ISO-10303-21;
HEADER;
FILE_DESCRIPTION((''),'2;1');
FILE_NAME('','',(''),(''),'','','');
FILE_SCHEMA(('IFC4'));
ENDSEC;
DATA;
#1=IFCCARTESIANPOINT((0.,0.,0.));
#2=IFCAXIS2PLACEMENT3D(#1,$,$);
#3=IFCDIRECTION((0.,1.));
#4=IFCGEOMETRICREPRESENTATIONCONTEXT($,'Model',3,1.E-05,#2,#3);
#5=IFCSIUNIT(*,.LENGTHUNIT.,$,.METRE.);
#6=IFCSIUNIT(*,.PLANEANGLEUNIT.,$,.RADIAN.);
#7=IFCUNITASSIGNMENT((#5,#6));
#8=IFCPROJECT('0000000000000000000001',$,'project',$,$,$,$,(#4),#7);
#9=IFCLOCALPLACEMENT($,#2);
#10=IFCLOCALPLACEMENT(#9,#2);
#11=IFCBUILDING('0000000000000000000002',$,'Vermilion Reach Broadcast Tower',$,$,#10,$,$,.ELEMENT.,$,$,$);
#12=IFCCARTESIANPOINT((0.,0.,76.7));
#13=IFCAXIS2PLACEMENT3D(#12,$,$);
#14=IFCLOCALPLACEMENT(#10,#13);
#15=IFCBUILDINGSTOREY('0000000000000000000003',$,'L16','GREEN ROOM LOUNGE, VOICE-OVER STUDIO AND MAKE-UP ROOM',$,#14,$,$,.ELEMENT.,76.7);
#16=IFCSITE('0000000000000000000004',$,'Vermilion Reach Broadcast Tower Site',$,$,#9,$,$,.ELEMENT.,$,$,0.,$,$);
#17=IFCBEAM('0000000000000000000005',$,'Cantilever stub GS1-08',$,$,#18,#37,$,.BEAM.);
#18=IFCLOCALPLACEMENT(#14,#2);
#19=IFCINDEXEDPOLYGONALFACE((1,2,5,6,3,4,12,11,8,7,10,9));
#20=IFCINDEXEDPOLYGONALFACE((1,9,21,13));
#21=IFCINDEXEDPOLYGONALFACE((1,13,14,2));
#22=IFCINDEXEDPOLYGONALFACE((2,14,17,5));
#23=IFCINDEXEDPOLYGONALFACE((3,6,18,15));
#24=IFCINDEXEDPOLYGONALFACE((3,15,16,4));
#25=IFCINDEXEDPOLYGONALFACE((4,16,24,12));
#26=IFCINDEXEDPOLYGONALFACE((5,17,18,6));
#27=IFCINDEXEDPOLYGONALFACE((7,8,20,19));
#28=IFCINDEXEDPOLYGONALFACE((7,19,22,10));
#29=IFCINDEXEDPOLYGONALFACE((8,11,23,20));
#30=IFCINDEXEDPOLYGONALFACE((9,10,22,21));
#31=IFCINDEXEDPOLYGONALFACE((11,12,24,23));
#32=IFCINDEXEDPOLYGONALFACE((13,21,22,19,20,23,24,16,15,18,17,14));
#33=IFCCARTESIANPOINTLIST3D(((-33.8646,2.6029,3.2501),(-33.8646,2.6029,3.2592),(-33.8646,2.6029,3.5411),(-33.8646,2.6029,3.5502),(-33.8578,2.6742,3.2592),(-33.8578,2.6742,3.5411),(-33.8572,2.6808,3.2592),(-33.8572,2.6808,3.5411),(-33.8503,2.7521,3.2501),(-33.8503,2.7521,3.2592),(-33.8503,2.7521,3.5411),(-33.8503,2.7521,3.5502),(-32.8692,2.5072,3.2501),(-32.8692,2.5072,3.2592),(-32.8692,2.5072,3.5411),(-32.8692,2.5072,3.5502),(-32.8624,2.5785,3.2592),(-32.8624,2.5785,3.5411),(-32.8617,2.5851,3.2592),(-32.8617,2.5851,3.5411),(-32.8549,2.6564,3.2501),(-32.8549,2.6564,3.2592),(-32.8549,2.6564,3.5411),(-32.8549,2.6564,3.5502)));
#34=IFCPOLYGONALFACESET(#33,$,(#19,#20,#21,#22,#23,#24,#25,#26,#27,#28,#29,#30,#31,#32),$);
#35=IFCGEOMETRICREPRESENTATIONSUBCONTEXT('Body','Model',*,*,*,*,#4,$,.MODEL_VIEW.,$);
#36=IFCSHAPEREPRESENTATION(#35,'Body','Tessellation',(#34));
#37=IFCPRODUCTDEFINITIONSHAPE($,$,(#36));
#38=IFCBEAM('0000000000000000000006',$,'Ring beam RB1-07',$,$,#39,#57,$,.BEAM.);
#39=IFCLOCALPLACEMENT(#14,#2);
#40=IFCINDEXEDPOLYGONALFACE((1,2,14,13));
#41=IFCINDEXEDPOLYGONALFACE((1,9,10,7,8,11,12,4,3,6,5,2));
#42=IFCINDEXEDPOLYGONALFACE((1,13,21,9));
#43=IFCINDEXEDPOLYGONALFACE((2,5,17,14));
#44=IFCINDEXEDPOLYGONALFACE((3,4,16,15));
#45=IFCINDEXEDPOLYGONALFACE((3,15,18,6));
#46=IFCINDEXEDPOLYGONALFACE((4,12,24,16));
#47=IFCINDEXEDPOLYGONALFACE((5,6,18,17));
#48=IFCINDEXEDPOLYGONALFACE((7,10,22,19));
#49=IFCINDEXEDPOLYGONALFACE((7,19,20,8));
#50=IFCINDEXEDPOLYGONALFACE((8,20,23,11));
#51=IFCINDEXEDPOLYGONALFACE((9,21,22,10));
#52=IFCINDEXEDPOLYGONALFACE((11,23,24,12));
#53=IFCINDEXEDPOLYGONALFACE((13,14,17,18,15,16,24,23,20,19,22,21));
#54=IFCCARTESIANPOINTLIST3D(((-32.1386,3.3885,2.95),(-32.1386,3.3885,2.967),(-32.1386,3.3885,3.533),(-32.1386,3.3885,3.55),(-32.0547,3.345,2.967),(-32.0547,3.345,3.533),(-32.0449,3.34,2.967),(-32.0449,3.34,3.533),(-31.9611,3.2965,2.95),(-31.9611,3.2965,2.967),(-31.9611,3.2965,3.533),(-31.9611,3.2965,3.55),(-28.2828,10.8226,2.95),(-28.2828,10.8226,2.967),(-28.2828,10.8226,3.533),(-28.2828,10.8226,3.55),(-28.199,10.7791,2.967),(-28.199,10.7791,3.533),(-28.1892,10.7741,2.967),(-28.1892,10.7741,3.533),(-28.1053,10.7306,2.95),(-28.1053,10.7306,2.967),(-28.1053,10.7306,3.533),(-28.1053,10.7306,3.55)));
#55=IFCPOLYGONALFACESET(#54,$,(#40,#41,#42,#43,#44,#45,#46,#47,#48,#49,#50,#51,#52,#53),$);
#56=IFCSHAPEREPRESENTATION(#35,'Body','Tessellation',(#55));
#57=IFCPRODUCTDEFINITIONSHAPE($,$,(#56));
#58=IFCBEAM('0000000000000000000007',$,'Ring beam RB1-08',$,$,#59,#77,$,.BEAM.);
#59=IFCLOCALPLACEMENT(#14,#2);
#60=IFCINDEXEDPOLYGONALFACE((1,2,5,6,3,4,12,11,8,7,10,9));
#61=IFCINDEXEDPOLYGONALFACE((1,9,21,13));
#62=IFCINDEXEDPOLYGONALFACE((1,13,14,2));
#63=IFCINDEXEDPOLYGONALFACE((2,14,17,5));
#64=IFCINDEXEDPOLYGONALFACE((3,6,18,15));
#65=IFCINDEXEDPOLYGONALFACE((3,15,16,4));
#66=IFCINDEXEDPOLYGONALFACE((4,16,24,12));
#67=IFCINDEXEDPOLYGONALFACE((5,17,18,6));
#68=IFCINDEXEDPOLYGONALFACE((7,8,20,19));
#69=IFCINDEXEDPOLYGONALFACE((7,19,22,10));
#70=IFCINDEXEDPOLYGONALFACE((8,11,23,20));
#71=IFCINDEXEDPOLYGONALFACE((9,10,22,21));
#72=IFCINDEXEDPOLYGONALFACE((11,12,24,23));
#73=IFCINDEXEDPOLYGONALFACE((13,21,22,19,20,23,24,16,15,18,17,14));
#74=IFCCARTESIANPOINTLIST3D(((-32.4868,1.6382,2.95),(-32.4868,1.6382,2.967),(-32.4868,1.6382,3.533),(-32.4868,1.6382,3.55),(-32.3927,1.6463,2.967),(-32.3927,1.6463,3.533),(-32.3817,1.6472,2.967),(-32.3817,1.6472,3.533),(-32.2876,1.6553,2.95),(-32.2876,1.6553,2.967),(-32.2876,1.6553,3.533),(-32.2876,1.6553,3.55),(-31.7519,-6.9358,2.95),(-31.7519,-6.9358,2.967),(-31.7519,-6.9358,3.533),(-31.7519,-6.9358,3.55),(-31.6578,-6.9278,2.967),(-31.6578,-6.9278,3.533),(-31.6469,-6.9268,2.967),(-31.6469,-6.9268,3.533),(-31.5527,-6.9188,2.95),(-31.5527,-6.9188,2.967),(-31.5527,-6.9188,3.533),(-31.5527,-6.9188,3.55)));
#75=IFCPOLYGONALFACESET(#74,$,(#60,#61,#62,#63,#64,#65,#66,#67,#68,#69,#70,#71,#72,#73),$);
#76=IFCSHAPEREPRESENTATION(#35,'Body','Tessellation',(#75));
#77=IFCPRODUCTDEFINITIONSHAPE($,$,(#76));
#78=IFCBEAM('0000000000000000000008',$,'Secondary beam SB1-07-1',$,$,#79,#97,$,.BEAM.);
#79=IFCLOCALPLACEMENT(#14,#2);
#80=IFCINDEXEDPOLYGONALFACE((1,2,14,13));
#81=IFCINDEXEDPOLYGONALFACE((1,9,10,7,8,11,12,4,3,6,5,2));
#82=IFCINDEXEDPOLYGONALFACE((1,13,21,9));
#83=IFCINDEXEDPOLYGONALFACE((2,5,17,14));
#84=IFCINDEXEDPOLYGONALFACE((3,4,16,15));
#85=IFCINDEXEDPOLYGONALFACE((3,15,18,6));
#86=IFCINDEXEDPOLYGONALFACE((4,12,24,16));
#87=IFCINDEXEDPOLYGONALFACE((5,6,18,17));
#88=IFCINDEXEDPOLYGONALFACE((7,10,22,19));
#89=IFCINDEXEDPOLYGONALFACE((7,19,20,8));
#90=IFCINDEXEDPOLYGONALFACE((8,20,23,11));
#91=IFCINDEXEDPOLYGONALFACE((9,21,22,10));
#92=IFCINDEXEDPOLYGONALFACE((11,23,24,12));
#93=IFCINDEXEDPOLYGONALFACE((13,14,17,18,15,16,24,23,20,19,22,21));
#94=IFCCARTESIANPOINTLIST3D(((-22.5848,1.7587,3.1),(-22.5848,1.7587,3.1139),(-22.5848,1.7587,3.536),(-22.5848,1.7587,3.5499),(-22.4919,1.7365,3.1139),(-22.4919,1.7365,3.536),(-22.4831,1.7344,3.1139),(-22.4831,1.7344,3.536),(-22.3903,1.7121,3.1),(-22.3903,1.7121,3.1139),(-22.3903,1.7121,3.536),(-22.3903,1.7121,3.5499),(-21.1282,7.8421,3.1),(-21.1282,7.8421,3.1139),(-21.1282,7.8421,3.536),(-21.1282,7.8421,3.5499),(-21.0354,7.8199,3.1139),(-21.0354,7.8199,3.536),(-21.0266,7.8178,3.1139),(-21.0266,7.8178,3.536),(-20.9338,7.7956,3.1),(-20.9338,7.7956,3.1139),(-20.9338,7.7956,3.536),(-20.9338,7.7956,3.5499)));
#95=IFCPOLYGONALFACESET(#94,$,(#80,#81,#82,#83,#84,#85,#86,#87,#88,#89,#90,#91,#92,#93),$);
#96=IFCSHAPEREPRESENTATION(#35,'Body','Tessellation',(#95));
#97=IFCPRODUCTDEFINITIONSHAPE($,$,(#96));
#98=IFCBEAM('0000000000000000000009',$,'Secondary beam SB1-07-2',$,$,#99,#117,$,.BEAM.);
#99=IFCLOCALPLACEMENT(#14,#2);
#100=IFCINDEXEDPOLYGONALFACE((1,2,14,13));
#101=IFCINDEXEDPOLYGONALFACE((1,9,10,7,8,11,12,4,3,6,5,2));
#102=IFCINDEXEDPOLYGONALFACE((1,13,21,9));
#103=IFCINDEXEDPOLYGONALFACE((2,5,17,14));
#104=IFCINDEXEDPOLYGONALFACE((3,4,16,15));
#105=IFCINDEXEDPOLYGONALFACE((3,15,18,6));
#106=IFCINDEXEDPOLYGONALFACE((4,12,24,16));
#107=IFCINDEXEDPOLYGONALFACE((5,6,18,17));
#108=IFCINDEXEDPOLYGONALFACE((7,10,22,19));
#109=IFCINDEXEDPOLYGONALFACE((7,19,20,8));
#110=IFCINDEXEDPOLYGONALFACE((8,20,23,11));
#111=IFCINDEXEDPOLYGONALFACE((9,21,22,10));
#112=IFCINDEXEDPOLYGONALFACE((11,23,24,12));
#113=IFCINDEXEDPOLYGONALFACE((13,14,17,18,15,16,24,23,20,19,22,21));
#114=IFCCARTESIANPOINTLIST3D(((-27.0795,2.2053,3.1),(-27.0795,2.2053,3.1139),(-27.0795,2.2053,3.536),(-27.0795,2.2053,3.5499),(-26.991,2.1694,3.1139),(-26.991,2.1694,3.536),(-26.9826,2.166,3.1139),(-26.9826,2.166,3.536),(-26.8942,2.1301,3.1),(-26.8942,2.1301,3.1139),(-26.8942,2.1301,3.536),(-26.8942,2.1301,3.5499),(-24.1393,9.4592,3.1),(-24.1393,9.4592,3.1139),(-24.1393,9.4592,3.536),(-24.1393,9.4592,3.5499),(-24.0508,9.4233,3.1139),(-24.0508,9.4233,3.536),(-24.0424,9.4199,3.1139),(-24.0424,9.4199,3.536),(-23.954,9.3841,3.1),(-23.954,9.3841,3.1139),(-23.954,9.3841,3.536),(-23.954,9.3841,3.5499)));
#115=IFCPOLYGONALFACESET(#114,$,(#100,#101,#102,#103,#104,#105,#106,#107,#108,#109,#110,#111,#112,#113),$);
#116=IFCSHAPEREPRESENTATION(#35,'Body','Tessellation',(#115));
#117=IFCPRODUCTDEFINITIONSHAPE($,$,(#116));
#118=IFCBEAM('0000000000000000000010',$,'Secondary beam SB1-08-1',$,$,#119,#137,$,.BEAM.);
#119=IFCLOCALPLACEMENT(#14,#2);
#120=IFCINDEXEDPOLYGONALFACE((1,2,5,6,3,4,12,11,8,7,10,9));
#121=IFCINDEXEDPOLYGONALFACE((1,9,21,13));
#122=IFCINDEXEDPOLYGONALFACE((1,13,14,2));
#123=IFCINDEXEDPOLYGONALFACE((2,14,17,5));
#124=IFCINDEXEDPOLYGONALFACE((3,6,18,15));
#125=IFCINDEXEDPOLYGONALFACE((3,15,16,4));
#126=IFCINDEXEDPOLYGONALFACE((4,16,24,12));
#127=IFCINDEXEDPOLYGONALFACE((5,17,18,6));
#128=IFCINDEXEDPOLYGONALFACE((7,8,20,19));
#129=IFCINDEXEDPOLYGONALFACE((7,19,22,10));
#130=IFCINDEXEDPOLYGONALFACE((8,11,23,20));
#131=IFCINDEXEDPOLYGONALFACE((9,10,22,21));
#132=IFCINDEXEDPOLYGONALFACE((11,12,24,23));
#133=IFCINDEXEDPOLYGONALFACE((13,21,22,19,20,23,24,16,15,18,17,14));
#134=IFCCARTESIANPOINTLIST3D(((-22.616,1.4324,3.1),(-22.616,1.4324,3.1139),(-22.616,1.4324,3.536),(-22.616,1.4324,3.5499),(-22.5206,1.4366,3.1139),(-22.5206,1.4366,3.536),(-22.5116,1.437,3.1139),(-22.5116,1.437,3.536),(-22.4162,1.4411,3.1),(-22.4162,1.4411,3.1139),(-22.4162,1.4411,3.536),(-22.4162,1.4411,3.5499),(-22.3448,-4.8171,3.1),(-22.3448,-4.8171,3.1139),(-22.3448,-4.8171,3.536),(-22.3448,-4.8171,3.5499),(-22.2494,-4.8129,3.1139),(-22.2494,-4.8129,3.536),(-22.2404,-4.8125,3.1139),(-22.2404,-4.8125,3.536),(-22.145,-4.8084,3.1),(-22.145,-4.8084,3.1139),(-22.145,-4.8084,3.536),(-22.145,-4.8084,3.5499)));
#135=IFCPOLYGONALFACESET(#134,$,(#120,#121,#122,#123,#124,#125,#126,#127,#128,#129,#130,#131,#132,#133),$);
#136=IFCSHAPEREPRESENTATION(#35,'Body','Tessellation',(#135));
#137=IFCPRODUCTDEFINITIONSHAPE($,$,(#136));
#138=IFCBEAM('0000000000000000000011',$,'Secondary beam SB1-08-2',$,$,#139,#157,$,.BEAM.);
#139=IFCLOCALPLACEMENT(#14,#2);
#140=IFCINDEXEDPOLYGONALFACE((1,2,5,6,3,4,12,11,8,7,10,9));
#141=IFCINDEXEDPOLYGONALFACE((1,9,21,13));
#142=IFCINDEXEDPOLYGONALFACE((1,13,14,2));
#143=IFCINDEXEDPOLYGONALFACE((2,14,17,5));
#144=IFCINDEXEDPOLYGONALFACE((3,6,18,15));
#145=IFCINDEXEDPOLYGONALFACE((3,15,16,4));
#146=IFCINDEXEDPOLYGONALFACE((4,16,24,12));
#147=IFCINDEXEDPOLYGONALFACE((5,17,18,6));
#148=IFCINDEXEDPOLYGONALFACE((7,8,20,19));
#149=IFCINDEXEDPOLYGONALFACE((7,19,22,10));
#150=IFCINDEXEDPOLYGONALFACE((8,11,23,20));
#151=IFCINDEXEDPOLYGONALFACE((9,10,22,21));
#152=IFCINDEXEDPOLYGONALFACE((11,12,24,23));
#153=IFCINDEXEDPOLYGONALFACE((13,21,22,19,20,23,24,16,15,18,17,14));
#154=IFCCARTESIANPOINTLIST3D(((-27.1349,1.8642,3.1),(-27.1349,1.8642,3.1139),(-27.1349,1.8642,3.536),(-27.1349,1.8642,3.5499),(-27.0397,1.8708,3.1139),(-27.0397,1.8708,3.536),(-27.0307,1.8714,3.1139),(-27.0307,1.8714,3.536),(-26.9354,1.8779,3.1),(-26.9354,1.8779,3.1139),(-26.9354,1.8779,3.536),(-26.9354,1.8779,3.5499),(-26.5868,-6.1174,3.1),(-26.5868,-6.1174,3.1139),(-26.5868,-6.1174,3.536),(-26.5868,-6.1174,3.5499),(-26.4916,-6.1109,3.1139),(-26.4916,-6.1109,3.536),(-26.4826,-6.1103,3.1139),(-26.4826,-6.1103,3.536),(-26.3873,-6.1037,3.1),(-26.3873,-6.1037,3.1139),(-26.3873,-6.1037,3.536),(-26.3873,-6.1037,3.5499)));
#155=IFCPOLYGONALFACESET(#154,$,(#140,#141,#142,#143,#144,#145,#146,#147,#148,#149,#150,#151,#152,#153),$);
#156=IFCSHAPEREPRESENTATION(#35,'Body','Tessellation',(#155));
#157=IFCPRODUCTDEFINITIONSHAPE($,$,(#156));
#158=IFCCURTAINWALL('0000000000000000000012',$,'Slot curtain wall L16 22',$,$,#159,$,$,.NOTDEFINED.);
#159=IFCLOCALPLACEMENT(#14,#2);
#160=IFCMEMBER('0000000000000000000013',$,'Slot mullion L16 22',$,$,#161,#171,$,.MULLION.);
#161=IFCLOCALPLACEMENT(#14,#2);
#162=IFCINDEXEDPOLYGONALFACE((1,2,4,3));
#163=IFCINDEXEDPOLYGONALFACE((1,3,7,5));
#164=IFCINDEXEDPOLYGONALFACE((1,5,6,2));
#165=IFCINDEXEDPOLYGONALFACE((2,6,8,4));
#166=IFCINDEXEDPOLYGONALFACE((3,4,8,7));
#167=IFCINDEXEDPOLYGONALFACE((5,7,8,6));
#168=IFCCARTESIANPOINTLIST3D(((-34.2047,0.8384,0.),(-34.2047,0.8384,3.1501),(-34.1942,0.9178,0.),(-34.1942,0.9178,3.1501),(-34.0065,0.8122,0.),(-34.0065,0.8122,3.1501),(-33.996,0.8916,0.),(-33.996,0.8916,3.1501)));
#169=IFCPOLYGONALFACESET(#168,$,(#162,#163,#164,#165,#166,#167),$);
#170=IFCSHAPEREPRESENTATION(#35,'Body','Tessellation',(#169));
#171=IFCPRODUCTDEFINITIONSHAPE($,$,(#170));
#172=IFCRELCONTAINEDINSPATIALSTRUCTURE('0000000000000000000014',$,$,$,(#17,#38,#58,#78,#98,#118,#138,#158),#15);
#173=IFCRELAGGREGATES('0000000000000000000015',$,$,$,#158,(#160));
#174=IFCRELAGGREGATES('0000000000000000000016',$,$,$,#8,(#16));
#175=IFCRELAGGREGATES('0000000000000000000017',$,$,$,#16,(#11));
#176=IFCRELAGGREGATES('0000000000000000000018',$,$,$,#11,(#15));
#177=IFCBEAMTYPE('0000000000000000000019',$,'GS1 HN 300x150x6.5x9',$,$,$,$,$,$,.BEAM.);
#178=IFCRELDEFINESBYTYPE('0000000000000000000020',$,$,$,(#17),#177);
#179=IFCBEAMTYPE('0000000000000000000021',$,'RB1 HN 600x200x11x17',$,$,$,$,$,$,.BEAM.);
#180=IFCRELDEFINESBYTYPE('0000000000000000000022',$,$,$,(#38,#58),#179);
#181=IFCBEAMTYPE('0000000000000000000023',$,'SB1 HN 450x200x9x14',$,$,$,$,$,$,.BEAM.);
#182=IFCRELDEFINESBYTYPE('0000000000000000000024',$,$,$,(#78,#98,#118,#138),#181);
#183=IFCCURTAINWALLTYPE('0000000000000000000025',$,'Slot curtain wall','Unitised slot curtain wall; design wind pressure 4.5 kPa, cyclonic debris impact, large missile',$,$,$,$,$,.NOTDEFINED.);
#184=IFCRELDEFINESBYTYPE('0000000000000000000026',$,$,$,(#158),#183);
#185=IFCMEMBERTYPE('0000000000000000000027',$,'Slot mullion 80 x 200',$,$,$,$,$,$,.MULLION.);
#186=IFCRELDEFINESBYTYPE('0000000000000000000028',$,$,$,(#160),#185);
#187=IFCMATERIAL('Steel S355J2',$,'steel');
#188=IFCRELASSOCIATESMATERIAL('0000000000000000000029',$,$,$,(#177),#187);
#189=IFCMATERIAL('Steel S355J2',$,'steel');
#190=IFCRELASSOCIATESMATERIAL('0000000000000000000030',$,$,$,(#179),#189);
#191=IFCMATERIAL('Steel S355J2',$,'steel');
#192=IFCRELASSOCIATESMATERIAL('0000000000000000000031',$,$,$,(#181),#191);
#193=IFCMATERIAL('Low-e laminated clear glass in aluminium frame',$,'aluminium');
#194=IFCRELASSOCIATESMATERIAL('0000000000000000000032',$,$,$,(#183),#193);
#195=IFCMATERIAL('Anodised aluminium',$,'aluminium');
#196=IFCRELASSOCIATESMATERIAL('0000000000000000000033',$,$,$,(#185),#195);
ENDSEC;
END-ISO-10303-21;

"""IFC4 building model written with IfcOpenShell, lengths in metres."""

from ifc_helpers import new_model, si_unit, direction, frame, origin, origin_2d, place, context, subcontext, project, spatial, rectangle, i_section, extrude, material, material_profile, profile_set, type_object, element, aggregate, save


model = new_model("IFC4")

# Units and contexts
model_context = context("Model", 3, precision=1e-05, world=origin(), true_north=direction((0.0, 1.0)))
body_context = subcontext(model_context, "Body", "Model", "MODEL_VIEW")
ifc_project = project(units=[si_unit("LENGTHUNIT", "METRE"), si_unit("PLANEANGLEUNIT", "RADIAN")], contexts=[model_context])

# Site, building, storey
site_placement = place(None, origin())
site = spatial("IfcSite", under=ifc_project, at=site_placement, Name="Vermilion Reach Broadcast Tower Site", CompositionType="ELEMENT", RefElevation=0.0)
building_placement = place(site_placement, origin())
building = spatial("IfcBuilding", under=site, at=building_placement, Name="Vermilion Reach Broadcast Tower", CompositionType="ELEMENT")
storey_placement = place(building_placement, frame((0.0, 0.0, 76.7)))
storey = spatial("IfcBuildingStorey", under=building, at=storey_placement, Name="L16", Description="GREEN ROOM LOUNGE, VOICE-OVER STUDIO AND MAKE-UP ROOM", CompositionType="ELEMENT", Elevation=76.7)

# Beams
ifc_material_1 = material(Name="Steel S355J2", Category="steel")
ifc_material_profile_1 = material_profile(ifc_material_1, i_section(OverallWidth=0.1499, OverallDepth=0.3, WebThickness=0.0066, FlangeThickness=0.009, at=origin_2d()), Name="S355J2 HN 300x150x6.5x9")
ifc_profile_set_1 = profile_set([ifc_material_profile_1], Name="Steel S355J2")
beam_type_1 = type_object("IfcBeamType", Name="GS1 HN 300x150x6.5x9", PredefinedType="BEAM", material=ifc_profile_set_1)
beam_1_placement = place(storey_placement, frame((-32.8621, 2.5818, 3.4001), z_axis=(-0.995409, 0.095708, 0.0), x_axis=(-0.095708, -0.995409, 0.0)))
element("IfcBeam", 1, at=beam_1_placement, inside=storey, type_object=beam_type_1, Name="Cantilever stub GS1-08", PredefinedType="BEAM", context=body_context, shape_type="SweptSolid", body=[
    extrude(i_section(OverallWidth=0.1499, OverallDepth=0.3, WebThickness=0.0066, FlangeThickness=0.009, at=origin_2d()), origin(), (0.0, 0.0, 1.0), 1.0),
])
ifc_material_2 = material(Name="Steel S355J2", Category="steel")
ifc_material_profile_2 = material_profile(ifc_material_2, i_section(OverallWidth=0.2, OverallDepth=0.6001, WebThickness=0.011, FlangeThickness=0.0171, at=origin_2d()), Name="S355J2 HN 600x200x11x17")
ifc_profile_set_2 = profile_set([ifc_material_profile_2], Name="Steel S355J2")
beam_type_2 = type_object("IfcBeamType", Name="RB1 HN 600x200x11x17", PredefinedType="BEAM", material=ifc_profile_set_2)
beam_2_placement = place(storey_placement, frame((-28.1941, 10.7766, 3.25), z_axis=(-0.460412, -0.887706, 0.0), x_axis=(0.887706, -0.460412, 0.0)))
element("IfcBeam", 2, at=beam_2_placement, inside=storey, type_object=beam_type_2, Name="Ring beam RB1-07", PredefinedType="BEAM", context=body_context, shape_type="SweptSolid", body=[
    extrude(i_section(OverallWidth=0.2, OverallDepth=0.6001, WebThickness=0.011, FlangeThickness=0.0171, at=origin_2d()), origin(), (0.0, 0.0, 1.0), 8.3745),
])
beam_3_placement = place(storey_placement, frame((-32.3872, 1.6467, 3.25), z_axis=(0.085396, -0.996347, 0.0), x_axis=(0.996347, 0.085396, 0.0)))
element("IfcBeam", 3, at=beam_3_placement, inside=storey, type_object=beam_type_2, Name="Ring beam RB1-08", PredefinedType="BEAM", context=body_context, shape_type="SweptSolid", body=[
    extrude(i_section(OverallWidth=0.2, OverallDepth=0.6001, WebThickness=0.011, FlangeThickness=0.0171, at=origin_2d()), origin(), (0.0, 0.0, 1.0), 8.6055),
])
ifc_material_3 = material(Name="Steel S355J2", Category="steel")
ifc_material_profile_3 = material_profile(ifc_material_3, i_section(OverallWidth=0.2, OverallDepth=0.45, WebThickness=0.009, FlangeThickness=0.0139, at=origin_2d()), Name="S355J2 HN 450x200x9x14")
ifc_profile_set_3 = profile_set([ifc_material_profile_3], Name="Steel S355J2")
beam_type_3 = type_object("IfcBeamType", Name="SB1 HN 450x200x9x14", PredefinedType="BEAM", material=ifc_profile_set_3)
beam_4_placement = place(storey_placement, frame((-21.031, 7.8188, 3.325), z_axis=(-0.232844, -0.972514, 0.0), x_axis=(0.972514, -0.232844, 0.0)))
element("IfcBeam", 4, at=beam_4_placement, inside=storey, type_object=beam_type_3, Name="Secondary beam SB1-07-1", PredefinedType="BEAM", context=body_context, shape_type="SweptSolid", body=[
    extrude(i_section(OverallWidth=0.2, OverallDepth=0.45, WebThickness=0.009, FlangeThickness=0.0139, at=origin_2d()), origin(), (0.0, 0.0, 1.0), 6.2554),
])
beam_5_placement = place(storey_placement, frame((-24.0466, 9.4216, 3.325), z_axis=(-0.375641, -0.926765, 0.0), x_axis=(0.926765, -0.375641, 0.0)))
element("IfcBeam", 5, at=beam_5_placement, inside=storey, type_object=beam_type_3, Name="Secondary beam SB1-07-2", PredefinedType="BEAM", context=body_context, shape_type="SweptSolid", body=[
    extrude(i_section(OverallWidth=0.2, OverallDepth=0.45, WebThickness=0.009, FlangeThickness=0.0139, at=origin_2d()), origin(), (0.0, 0.0, 1.0), 7.8271),
])
beam_6_placement = place(storey_placement, frame((-22.5161, 1.4368, 3.325), z_axis=(0.043361, -0.999059, 0.0), x_axis=(0.999059, 0.043361, 0.0)))
element("IfcBeam", 6, at=beam_6_placement, inside=storey, type_object=beam_type_3, Name="Secondary beam SB1-08-1", PredefinedType="BEAM", context=body_context, shape_type="SweptSolid", body=[
    extrude(i_section(OverallWidth=0.2, OverallDepth=0.45, WebThickness=0.009, FlangeThickness=0.0139, at=origin_2d()), origin(), (0.0, 0.0, 1.0), 6.2554),
])
beam_7_placement = place(storey_placement, frame((-27.0352, 1.8711, 3.325), z_axis=(0.068508, -0.997651, 0.0), x_axis=(0.997651, 0.068508, 0.0)))
element("IfcBeam", 7, at=beam_7_placement, inside=storey, type_object=beam_type_3, Name="Secondary beam SB1-08-2", PredefinedType="BEAM", context=body_context, shape_type="SweptSolid", body=[
    extrude(i_section(OverallWidth=0.2, OverallDepth=0.45, WebThickness=0.009, FlangeThickness=0.0139, at=origin_2d()), origin(), (0.0, 0.0, 1.0), 8.0005),
])

# Curtain wall, member
ifc_material_4 = material(Name="Low-e laminated clear glass in aluminium frame", Category="aluminium")
curtain_wall_type = type_object("IfcCurtainWallType", Name="Slot curtain wall", Description="Unitised slot curtain wall; design wind pressure 4.5 kPa, cyclonic debris impact, large missile", PredefinedType="NOTDEFINED", material=ifc_material_4)
curtain_wall_placement = place(storey_placement, origin())
curtain_wall = element("IfcCurtainWall", 8, at=curtain_wall_placement, inside=storey, type_object=curtain_wall_type, Name="Slot curtain wall L16 22", PredefinedType="NOTDEFINED")
ifc_material_5 = material(Name="Anodised aluminium", Category="aluminium")
ifc_material_profile_4 = material_profile(ifc_material_5, rectangle(XDim=0.2, YDim=0.0801, at=origin_2d()), Name="Slot mullion 80 x 200")
ifc_profile_set_4 = profile_set([ifc_material_profile_4], Name="Anodised aluminium")
member_type = type_object("IfcMemberType", Name="Slot mullion 80 x 200", PredefinedType="MULLION", material=ifc_profile_set_4)
member_placement = place(storey_placement, frame((-34.1003, 0.865, 0.0), z_axis=(0.0, 0.0, 1.0), x_axis=(0.991414, -0.130759, 0.0)))
member = element("IfcMember", 9, at=member_placement, type_object=member_type, Name="Slot mullion L16 22", PredefinedType="MULLION", context=body_context, shape_type="SweptSolid", body=[
    extrude(rectangle(XDim=0.2, YDim=0.0801, at=origin_2d()), origin(), (0.0, 0.0, 1.0), 3.1501),
])
aggregate(curtain_wall, [member])

save(model, "model.ifc")
